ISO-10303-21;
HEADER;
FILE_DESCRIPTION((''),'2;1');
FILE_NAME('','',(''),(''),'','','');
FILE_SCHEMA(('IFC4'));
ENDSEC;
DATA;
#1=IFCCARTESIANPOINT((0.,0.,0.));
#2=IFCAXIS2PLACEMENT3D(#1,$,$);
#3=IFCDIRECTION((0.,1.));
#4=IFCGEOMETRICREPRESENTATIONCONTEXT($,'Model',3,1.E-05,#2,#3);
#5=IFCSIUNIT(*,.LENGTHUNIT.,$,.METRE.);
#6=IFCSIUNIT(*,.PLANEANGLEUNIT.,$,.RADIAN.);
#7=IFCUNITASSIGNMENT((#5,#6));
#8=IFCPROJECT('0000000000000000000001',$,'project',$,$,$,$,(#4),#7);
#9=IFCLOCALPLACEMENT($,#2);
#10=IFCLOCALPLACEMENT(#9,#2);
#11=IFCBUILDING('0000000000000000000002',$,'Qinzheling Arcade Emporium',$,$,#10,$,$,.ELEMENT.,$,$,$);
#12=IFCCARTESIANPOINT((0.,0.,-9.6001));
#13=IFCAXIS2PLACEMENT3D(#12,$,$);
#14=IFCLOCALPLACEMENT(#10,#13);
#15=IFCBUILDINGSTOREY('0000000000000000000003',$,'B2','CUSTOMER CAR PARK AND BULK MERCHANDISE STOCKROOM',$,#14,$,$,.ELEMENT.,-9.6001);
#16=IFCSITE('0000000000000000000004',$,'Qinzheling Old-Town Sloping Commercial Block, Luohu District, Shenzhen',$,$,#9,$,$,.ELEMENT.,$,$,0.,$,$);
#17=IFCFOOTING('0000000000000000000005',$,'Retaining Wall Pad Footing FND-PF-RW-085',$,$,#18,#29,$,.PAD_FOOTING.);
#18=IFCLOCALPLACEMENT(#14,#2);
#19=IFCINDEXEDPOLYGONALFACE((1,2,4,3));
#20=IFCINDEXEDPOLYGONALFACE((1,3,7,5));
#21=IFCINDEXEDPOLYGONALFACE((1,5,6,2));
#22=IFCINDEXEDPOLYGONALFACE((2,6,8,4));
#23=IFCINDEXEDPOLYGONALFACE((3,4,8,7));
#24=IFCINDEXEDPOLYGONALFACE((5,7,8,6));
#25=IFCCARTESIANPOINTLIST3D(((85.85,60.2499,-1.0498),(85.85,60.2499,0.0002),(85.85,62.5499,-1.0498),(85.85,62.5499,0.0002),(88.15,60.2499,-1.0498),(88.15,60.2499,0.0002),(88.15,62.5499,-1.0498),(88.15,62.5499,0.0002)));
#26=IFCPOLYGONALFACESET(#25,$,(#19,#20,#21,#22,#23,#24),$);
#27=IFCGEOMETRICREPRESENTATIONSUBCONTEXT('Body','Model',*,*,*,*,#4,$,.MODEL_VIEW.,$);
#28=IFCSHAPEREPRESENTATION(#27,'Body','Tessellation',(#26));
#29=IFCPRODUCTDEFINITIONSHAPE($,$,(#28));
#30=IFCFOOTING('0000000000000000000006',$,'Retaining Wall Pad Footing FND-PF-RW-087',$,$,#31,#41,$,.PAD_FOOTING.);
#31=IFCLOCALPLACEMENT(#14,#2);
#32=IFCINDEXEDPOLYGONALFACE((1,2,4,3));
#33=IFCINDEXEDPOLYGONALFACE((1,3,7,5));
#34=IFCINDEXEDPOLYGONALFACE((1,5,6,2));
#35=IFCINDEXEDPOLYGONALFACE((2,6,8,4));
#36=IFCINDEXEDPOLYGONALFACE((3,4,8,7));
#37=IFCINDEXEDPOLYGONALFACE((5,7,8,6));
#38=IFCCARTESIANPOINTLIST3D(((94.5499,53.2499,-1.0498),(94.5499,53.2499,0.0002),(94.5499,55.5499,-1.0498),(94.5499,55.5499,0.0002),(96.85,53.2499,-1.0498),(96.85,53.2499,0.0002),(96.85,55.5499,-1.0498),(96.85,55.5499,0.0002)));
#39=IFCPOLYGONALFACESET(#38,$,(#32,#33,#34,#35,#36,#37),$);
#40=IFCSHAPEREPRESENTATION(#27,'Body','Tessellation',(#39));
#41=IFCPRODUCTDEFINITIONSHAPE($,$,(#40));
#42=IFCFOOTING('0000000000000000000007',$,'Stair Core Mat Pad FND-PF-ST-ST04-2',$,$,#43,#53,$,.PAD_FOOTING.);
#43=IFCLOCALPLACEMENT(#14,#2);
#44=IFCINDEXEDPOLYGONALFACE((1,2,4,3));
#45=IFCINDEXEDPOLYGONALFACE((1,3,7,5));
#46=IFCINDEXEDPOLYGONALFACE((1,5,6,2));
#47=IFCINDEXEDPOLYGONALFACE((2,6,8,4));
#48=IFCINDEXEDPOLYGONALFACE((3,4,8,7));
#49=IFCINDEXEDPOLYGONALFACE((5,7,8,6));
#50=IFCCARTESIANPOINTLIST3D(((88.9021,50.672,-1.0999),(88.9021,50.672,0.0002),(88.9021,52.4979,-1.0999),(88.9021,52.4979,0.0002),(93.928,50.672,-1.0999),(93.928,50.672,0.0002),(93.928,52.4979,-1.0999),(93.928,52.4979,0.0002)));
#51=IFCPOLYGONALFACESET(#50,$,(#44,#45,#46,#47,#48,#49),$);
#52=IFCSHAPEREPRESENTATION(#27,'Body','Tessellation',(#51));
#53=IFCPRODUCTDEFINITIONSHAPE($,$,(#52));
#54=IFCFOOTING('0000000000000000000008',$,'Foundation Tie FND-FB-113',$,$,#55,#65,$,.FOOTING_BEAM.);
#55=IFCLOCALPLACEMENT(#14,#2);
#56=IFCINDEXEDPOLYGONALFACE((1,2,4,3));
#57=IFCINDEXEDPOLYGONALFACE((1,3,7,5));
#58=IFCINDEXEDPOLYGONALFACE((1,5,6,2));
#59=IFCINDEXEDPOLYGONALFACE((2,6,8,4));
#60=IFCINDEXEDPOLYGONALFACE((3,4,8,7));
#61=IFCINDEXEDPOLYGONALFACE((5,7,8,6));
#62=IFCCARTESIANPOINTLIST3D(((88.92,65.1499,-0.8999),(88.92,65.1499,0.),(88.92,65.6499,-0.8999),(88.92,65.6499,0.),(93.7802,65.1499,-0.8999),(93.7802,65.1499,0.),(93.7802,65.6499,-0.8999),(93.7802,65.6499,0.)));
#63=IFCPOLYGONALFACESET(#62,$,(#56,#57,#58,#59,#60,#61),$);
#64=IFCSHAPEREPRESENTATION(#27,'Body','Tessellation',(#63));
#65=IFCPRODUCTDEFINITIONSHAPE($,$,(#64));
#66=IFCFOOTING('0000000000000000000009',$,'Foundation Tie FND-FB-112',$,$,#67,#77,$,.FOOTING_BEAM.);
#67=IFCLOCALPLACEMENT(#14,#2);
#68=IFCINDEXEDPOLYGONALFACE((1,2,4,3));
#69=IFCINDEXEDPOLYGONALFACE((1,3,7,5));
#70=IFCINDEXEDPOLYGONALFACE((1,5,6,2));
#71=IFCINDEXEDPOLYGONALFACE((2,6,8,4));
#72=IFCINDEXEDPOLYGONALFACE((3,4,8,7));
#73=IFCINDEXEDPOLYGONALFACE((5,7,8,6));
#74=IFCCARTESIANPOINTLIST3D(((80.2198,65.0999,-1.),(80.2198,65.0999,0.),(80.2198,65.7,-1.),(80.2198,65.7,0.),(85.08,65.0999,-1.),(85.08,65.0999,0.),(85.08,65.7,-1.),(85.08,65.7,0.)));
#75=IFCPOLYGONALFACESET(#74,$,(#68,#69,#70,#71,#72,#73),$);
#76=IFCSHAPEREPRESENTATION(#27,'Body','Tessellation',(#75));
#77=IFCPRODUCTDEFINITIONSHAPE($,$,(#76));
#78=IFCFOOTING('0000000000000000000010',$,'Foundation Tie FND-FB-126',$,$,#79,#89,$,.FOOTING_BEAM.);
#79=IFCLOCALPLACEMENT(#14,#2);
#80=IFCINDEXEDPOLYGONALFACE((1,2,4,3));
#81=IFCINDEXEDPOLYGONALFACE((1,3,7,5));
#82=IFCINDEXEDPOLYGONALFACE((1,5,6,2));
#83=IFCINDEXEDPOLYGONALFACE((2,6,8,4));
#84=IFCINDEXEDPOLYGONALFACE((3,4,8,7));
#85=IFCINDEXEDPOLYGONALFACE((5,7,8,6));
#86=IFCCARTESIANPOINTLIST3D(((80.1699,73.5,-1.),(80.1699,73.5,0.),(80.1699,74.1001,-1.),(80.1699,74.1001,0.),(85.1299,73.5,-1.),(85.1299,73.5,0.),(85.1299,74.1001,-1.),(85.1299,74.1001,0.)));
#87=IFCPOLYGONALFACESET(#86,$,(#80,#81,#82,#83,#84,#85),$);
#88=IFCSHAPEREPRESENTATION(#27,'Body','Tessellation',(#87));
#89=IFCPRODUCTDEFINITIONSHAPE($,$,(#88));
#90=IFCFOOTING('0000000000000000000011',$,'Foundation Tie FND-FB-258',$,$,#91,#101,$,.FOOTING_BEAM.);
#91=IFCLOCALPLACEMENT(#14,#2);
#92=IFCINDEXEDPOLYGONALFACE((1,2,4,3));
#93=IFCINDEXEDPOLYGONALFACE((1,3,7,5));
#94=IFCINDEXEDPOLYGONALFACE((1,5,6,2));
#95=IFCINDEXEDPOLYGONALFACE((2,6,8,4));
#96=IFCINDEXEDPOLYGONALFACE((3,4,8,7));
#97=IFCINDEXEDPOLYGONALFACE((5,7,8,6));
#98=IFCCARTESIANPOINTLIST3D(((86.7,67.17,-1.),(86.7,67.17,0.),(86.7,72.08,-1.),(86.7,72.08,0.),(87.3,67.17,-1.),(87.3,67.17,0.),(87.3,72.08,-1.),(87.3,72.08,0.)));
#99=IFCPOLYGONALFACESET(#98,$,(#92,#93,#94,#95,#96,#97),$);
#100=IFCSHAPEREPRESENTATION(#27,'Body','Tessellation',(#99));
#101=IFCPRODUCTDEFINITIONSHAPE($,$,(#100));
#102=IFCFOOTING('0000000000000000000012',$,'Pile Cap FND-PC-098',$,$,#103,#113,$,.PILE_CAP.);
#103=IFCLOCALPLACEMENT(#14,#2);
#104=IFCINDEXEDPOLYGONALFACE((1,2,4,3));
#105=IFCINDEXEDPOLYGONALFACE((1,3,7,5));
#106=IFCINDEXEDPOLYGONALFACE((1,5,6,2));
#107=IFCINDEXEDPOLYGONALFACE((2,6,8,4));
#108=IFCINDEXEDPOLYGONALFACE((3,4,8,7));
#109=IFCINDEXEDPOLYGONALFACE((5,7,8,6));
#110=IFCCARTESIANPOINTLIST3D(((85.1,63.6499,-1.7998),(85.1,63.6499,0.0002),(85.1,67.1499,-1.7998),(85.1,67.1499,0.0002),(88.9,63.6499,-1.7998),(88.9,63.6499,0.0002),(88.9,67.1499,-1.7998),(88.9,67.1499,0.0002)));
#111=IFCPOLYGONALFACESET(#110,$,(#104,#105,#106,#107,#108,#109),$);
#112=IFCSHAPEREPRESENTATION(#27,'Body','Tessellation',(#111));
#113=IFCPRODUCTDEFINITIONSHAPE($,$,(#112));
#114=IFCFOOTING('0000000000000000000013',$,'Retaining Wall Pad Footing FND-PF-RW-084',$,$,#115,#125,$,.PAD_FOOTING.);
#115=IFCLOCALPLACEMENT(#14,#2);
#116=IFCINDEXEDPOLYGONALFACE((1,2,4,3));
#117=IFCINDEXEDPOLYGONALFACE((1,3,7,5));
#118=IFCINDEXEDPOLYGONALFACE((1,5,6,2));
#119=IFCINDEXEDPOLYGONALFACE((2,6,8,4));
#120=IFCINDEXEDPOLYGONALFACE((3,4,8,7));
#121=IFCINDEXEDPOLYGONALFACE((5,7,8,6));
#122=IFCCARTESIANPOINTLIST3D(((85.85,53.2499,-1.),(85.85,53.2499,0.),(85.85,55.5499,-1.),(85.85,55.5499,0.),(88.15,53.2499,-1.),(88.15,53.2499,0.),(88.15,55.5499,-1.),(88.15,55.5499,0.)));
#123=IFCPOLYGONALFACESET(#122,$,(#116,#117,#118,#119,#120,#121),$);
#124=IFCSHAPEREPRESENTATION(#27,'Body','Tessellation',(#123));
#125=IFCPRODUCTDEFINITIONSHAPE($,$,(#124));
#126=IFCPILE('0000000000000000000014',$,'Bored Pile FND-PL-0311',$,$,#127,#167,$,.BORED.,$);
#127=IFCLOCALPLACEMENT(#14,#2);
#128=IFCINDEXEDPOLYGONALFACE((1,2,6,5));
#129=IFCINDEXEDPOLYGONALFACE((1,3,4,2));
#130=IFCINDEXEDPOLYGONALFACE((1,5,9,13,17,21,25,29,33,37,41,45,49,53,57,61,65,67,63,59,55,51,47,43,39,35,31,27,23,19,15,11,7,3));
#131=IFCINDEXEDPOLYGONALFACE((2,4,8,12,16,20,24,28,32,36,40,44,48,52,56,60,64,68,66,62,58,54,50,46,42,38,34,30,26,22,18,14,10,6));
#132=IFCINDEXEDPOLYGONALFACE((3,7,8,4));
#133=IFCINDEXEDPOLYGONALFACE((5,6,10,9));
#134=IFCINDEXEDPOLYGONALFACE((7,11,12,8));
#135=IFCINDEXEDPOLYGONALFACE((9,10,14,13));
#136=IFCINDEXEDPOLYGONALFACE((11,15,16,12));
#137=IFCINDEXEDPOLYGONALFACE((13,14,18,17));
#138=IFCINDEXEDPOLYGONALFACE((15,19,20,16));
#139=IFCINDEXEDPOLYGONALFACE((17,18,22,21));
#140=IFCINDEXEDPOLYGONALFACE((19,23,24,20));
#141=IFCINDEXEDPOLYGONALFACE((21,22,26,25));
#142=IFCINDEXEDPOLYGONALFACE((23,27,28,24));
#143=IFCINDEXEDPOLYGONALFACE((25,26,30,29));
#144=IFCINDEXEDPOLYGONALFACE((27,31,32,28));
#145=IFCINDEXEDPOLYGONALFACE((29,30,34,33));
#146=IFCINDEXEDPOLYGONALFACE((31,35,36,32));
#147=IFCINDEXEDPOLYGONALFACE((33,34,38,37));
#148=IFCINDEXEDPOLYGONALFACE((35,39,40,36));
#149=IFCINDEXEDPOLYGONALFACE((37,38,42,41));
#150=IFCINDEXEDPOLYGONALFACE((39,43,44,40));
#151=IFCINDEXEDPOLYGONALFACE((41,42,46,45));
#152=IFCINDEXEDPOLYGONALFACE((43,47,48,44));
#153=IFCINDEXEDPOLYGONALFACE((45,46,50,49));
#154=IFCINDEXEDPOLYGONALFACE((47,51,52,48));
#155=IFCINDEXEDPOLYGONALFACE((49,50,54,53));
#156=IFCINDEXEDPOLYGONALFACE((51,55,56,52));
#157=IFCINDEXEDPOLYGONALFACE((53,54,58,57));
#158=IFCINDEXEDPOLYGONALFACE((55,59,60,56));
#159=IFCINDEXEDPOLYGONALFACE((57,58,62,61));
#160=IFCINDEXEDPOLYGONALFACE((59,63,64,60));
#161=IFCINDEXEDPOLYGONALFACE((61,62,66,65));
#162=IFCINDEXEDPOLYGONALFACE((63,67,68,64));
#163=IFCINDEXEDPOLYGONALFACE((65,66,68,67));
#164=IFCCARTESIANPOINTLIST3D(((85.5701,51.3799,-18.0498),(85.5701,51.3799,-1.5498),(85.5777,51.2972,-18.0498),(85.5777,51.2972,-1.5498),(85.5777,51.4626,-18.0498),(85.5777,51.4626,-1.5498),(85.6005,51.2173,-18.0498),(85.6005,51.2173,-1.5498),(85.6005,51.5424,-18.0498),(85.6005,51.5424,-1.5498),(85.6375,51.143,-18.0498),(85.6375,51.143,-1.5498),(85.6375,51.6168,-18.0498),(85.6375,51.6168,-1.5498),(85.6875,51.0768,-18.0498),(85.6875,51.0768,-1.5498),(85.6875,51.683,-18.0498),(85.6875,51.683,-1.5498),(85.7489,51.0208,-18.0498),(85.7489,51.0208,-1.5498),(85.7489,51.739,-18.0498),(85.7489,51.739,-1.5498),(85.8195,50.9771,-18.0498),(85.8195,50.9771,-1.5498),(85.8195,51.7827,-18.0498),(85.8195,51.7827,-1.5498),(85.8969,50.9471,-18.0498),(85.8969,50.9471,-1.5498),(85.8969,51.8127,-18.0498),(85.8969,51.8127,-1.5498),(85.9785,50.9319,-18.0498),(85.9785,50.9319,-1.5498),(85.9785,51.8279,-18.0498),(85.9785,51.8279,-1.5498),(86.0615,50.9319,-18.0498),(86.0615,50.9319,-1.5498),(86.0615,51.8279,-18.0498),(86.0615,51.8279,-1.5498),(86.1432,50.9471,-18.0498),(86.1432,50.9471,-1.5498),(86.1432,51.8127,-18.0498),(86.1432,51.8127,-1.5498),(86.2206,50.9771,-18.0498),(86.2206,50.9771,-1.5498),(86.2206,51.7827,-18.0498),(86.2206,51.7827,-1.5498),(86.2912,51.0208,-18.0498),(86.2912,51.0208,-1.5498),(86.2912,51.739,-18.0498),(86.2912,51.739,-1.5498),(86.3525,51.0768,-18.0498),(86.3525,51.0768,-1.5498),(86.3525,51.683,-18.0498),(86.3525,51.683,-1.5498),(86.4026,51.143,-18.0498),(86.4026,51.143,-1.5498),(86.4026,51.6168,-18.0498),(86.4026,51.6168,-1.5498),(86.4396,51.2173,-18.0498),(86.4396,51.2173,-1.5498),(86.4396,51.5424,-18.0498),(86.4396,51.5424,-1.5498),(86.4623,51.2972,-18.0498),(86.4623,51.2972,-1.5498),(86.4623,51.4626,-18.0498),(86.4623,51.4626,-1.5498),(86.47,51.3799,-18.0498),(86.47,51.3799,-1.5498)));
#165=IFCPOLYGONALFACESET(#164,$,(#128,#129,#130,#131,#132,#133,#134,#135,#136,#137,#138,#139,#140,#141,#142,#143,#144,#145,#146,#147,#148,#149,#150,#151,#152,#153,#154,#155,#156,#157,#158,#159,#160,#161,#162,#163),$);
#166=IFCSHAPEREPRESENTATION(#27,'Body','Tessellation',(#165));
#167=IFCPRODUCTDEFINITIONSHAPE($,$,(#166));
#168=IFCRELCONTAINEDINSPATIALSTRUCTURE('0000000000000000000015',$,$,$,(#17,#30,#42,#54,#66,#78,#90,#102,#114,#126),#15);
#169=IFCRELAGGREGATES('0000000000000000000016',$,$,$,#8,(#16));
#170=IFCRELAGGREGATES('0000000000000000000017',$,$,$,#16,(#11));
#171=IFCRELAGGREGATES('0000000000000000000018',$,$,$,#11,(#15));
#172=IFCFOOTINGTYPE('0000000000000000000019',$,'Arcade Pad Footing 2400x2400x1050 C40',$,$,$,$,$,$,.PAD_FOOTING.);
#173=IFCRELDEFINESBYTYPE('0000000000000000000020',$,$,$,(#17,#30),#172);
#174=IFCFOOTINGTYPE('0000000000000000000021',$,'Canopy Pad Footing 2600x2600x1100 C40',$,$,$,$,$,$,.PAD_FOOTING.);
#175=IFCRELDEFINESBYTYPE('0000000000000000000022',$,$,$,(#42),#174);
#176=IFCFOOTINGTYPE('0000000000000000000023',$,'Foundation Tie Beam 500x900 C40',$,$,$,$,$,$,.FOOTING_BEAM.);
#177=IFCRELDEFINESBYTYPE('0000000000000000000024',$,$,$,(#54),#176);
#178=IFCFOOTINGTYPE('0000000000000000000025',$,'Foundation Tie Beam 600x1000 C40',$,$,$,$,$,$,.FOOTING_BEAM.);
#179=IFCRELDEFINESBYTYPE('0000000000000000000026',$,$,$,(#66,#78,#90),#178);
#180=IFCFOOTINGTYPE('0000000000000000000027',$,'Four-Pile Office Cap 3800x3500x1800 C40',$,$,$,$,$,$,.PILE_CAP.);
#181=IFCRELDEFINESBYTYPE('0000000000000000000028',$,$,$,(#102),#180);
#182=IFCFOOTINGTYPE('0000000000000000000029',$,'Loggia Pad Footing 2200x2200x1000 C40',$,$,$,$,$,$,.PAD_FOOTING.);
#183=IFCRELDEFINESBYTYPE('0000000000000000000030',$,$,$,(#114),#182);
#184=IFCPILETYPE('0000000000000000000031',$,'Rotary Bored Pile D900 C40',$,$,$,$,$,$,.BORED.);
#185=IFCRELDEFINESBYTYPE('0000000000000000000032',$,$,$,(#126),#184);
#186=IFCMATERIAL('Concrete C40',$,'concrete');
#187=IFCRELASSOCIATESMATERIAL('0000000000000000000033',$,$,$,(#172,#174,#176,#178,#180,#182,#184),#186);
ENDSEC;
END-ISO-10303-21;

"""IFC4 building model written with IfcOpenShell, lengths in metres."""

from ifc_helpers import new_model, si_unit, direction, frame, origin, origin_2d, place, context, subcontext, project, spatial, rectangle, circle, extrude, material, material_profile, profile_set, type_object, element, save


model = new_model("IFC4")

# Units and contexts
model_context = context("Model", 3, precision=1e-05, world=origin(), true_north=direction((0.0, 1.0)))
body_context = subcontext(model_context, "Body", "Model", "MODEL_VIEW")
ifc_project = project(units=[si_unit("LENGTHUNIT", "METRE"), si_unit("PLANEANGLEUNIT", "RADIAN")], contexts=[model_context])

# Site, building, storey
site_placement = place(None, origin())
site = spatial("IfcSite", under=ifc_project, at=site_placement, Name="Qinzheling Old-Town Sloping Commercial Block, Luohu District, Shenzhen", CompositionType="ELEMENT", RefElevation=0.0)
building_placement = place(site_placement, origin())
building = spatial("IfcBuilding", under=site, at=building_placement, Name="Qinzheling Arcade Emporium", CompositionType="ELEMENT")
storey_placement = place(building_placement, frame((0.0, 0.0, -9.6001)))
storey = spatial("IfcBuildingStorey", under=building, at=storey_placement, Name="B2", Description="CUSTOMER CAR PARK AND BULK MERCHANDISE STOCKROOM", CompositionType="ELEMENT", Elevation=-9.6001)

# Footings
ifc_material_1 = material(Name="Concrete C40", Category="concrete")
footing_type_1 = type_object("IfcFootingType", Name="Arcade Pad Footing 2400x2400x1050 C40", PredefinedType="PAD_FOOTING", material=ifc_material_1)
for number, where, z_axis, x_axis, name in (
    (1, (87.0, 61.3999, -1.0498), (0.0, 0.0, 1.0), (1.0, 0.0, 0.0), "Retaining Wall Pad Footing FND-PF-RW-085"),
    (2, (95.7, 54.3999, -1.0498), (0.0, 0.0, 1.0), (1.0, 0.0, 0.0), "Retaining Wall Pad Footing FND-PF-RW-087"),
):
    element("IfcFooting", number, at=place(storey_placement, frame(where, z_axis=z_axis, x_axis=x_axis)), inside=storey, type_object=footing_type_1, Name=name, PredefinedType="PAD_FOOTING", context=body_context, shape_type="SweptSolid", body=[
        extrude(rectangle(XDim=2.3, YDim=2.3, at=origin_2d()), origin(), (0.0, 0.0, 1.0), 1.05),
    ])
footing_type_2 = type_object("IfcFootingType", Name="Canopy Pad Footing 2600x2600x1100 C40", PredefinedType="PAD_FOOTING", material=ifc_material_1)
footing_1_placement = place(storey_placement, frame((91.415, 51.585, -1.0999), z_axis=(0.0, 0.0, 1.0), x_axis=(1.0, 0.0, 0.0)))
element("IfcFooting", 3, at=footing_1_placement, inside=storey, type_object=footing_type_2, Name="Stair Core Mat Pad FND-PF-ST-ST04-2", PredefinedType="PAD_FOOTING", context=body_context, shape_type="SweptSolid", body=[
    extrude(rectangle(XDim=5.0259, YDim=1.8259, at=origin_2d()), origin(), (0.0, 0.0, 1.0), 1.1001),
])
footing_type_3 = type_object("IfcFootingType", Name="Foundation Tie Beam 500x900 C40", PredefinedType="FOOTING_BEAM", material=ifc_material_1)
footing_2_placement = place(storey_placement, frame((91.3501, 65.3999, -0.8999), z_axis=(0.0, 0.0, 1.0), x_axis=(1.0, 0.0, 0.0)))
element("IfcFooting", 4, at=footing_2_placement, inside=storey, type_object=footing_type_3, Name="Foundation Tie FND-FB-113", PredefinedType="FOOTING_BEAM", context=body_context, shape_type="SweptSolid", body=[
    extrude(rectangle(XDim=4.8601, YDim=0.5, at=origin_2d()), origin(), (0.0, 0.0, 1.0), 0.8999),
])
footing_type_4 = type_object("IfcFootingType", Name="Foundation Tie Beam 600x1000 C40", PredefinedType="FOOTING_BEAM", material=ifc_material_1)
footing_3_placement = place(storey_placement, frame((82.6499, 65.3999, -1.0), z_axis=(0.0, 0.0, 1.0), x_axis=(1.0, 0.0, 0.0)))
element("IfcFooting", 5, at=footing_3_placement, inside=storey, type_object=footing_type_4, Name="Foundation Tie FND-FB-112", PredefinedType="FOOTING_BEAM", context=body_context, shape_type="SweptSolid", body=[
    extrude(rectangle(XDim=4.8601, YDim=0.6001, at=origin_2d()), origin(), (0.0, 0.0, 1.0), 1.0),
])
footing_4_placement = place(storey_placement, frame((82.6499, 73.8, -1.0), z_axis=(0.0, 0.0, 1.0), x_axis=(1.0, 0.0, 0.0)))
element("IfcFooting", 6, at=footing_4_placement, inside=storey, type_object=footing_type_4, Name="Foundation Tie FND-FB-126", PredefinedType="FOOTING_BEAM", context=body_context, shape_type="SweptSolid", body=[
    extrude(rectangle(XDim=4.96, YDim=0.6001, at=origin_2d()), origin(), (0.0, 0.0, 1.0), 1.0),
])
footing_5_placement = place(storey_placement, frame((87.0, 69.625, -1.0), z_axis=(0.0, 0.0, 1.0), x_axis=(1.0, 0.0, 0.0)))
element("IfcFooting", 7, at=footing_5_placement, inside=storey, type_object=footing_type_4, Name="Foundation Tie FND-FB-258", PredefinedType="FOOTING_BEAM", context=body_context, shape_type="SweptSolid", body=[
    extrude(rectangle(XDim=0.6001, YDim=4.9099, at=origin_2d()), origin(), (0.0, 0.0, 1.0), 1.0),
])
footing_type_5 = type_object("IfcFootingType", Name="Four-Pile Office Cap 3800x3500x1800 C40", PredefinedType="PILE_CAP", material=ifc_material_1)
footing_6_placement = place(storey_placement, frame((87.0, 65.3999, -1.7998), z_axis=(0.0, 0.0, 1.0), x_axis=(1.0, 0.0, 0.0)))
element("IfcFooting", 8, at=footing_6_placement, inside=storey, type_object=footing_type_5, Name="Pile Cap FND-PC-098", PredefinedType="PILE_CAP", context=body_context, shape_type="SweptSolid", body=[
    extrude(rectangle(XDim=3.8, YDim=3.5, at=origin_2d()), origin(), (0.0, 0.0, 1.0), 1.8),
])
footing_type_6 = type_object("IfcFootingType", Name="Loggia Pad Footing 2200x2200x1000 C40", PredefinedType="PAD_FOOTING", material=ifc_material_1)
footing_7_placement = place(storey_placement, frame((87.0, 54.3999, -1.0), z_axis=(0.0, 0.0, 1.0), x_axis=(1.0, 0.0, 0.0)))
element("IfcFooting", 9, at=footing_7_placement, inside=storey, type_object=footing_type_6, Name="Retaining Wall Pad Footing FND-PF-RW-084", PredefinedType="PAD_FOOTING", context=body_context, shape_type="SweptSolid", body=[
    extrude(rectangle(XDim=2.3, YDim=2.3, at=origin_2d()), origin(), (0.0, 0.0, 1.0), 1.0),
])

# Pile
ifc_material_profile_1 = material_profile(ifc_material_1, circle(Radius=0.45, at=origin_2d()), Name="BORED D900", Category="concrete")
ifc_profile_set_1 = profile_set([ifc_material_profile_1], Name="Concrete C40")
pile_type = type_object("IfcPileType", Name="Rotary Bored Pile D900 C40", PredefinedType="BORED", material=ifc_profile_set_1)
for number, where, z_axis, x_axis, name in (
    (10, (86.02, 51.3799, -1.5498), (0.0, 0.0, -1.0), (1.0, 0.0, 0.0), "Bored Pile FND-PL-0311"),
):
    element("IfcPile", number, at=place(storey_placement, frame(where, z_axis=z_axis, x_axis=x_axis)), inside=storey, type_object=pile_type, Name=name, PredefinedType="BORED", context=body_context, shape_type="SweptSolid", body=[
        extrude(circle(Radius=0.45, at=origin_2d()), origin(), (0.0, 0.0, 1.0), 16.5),
    ])

save(model, "model.ifc")
